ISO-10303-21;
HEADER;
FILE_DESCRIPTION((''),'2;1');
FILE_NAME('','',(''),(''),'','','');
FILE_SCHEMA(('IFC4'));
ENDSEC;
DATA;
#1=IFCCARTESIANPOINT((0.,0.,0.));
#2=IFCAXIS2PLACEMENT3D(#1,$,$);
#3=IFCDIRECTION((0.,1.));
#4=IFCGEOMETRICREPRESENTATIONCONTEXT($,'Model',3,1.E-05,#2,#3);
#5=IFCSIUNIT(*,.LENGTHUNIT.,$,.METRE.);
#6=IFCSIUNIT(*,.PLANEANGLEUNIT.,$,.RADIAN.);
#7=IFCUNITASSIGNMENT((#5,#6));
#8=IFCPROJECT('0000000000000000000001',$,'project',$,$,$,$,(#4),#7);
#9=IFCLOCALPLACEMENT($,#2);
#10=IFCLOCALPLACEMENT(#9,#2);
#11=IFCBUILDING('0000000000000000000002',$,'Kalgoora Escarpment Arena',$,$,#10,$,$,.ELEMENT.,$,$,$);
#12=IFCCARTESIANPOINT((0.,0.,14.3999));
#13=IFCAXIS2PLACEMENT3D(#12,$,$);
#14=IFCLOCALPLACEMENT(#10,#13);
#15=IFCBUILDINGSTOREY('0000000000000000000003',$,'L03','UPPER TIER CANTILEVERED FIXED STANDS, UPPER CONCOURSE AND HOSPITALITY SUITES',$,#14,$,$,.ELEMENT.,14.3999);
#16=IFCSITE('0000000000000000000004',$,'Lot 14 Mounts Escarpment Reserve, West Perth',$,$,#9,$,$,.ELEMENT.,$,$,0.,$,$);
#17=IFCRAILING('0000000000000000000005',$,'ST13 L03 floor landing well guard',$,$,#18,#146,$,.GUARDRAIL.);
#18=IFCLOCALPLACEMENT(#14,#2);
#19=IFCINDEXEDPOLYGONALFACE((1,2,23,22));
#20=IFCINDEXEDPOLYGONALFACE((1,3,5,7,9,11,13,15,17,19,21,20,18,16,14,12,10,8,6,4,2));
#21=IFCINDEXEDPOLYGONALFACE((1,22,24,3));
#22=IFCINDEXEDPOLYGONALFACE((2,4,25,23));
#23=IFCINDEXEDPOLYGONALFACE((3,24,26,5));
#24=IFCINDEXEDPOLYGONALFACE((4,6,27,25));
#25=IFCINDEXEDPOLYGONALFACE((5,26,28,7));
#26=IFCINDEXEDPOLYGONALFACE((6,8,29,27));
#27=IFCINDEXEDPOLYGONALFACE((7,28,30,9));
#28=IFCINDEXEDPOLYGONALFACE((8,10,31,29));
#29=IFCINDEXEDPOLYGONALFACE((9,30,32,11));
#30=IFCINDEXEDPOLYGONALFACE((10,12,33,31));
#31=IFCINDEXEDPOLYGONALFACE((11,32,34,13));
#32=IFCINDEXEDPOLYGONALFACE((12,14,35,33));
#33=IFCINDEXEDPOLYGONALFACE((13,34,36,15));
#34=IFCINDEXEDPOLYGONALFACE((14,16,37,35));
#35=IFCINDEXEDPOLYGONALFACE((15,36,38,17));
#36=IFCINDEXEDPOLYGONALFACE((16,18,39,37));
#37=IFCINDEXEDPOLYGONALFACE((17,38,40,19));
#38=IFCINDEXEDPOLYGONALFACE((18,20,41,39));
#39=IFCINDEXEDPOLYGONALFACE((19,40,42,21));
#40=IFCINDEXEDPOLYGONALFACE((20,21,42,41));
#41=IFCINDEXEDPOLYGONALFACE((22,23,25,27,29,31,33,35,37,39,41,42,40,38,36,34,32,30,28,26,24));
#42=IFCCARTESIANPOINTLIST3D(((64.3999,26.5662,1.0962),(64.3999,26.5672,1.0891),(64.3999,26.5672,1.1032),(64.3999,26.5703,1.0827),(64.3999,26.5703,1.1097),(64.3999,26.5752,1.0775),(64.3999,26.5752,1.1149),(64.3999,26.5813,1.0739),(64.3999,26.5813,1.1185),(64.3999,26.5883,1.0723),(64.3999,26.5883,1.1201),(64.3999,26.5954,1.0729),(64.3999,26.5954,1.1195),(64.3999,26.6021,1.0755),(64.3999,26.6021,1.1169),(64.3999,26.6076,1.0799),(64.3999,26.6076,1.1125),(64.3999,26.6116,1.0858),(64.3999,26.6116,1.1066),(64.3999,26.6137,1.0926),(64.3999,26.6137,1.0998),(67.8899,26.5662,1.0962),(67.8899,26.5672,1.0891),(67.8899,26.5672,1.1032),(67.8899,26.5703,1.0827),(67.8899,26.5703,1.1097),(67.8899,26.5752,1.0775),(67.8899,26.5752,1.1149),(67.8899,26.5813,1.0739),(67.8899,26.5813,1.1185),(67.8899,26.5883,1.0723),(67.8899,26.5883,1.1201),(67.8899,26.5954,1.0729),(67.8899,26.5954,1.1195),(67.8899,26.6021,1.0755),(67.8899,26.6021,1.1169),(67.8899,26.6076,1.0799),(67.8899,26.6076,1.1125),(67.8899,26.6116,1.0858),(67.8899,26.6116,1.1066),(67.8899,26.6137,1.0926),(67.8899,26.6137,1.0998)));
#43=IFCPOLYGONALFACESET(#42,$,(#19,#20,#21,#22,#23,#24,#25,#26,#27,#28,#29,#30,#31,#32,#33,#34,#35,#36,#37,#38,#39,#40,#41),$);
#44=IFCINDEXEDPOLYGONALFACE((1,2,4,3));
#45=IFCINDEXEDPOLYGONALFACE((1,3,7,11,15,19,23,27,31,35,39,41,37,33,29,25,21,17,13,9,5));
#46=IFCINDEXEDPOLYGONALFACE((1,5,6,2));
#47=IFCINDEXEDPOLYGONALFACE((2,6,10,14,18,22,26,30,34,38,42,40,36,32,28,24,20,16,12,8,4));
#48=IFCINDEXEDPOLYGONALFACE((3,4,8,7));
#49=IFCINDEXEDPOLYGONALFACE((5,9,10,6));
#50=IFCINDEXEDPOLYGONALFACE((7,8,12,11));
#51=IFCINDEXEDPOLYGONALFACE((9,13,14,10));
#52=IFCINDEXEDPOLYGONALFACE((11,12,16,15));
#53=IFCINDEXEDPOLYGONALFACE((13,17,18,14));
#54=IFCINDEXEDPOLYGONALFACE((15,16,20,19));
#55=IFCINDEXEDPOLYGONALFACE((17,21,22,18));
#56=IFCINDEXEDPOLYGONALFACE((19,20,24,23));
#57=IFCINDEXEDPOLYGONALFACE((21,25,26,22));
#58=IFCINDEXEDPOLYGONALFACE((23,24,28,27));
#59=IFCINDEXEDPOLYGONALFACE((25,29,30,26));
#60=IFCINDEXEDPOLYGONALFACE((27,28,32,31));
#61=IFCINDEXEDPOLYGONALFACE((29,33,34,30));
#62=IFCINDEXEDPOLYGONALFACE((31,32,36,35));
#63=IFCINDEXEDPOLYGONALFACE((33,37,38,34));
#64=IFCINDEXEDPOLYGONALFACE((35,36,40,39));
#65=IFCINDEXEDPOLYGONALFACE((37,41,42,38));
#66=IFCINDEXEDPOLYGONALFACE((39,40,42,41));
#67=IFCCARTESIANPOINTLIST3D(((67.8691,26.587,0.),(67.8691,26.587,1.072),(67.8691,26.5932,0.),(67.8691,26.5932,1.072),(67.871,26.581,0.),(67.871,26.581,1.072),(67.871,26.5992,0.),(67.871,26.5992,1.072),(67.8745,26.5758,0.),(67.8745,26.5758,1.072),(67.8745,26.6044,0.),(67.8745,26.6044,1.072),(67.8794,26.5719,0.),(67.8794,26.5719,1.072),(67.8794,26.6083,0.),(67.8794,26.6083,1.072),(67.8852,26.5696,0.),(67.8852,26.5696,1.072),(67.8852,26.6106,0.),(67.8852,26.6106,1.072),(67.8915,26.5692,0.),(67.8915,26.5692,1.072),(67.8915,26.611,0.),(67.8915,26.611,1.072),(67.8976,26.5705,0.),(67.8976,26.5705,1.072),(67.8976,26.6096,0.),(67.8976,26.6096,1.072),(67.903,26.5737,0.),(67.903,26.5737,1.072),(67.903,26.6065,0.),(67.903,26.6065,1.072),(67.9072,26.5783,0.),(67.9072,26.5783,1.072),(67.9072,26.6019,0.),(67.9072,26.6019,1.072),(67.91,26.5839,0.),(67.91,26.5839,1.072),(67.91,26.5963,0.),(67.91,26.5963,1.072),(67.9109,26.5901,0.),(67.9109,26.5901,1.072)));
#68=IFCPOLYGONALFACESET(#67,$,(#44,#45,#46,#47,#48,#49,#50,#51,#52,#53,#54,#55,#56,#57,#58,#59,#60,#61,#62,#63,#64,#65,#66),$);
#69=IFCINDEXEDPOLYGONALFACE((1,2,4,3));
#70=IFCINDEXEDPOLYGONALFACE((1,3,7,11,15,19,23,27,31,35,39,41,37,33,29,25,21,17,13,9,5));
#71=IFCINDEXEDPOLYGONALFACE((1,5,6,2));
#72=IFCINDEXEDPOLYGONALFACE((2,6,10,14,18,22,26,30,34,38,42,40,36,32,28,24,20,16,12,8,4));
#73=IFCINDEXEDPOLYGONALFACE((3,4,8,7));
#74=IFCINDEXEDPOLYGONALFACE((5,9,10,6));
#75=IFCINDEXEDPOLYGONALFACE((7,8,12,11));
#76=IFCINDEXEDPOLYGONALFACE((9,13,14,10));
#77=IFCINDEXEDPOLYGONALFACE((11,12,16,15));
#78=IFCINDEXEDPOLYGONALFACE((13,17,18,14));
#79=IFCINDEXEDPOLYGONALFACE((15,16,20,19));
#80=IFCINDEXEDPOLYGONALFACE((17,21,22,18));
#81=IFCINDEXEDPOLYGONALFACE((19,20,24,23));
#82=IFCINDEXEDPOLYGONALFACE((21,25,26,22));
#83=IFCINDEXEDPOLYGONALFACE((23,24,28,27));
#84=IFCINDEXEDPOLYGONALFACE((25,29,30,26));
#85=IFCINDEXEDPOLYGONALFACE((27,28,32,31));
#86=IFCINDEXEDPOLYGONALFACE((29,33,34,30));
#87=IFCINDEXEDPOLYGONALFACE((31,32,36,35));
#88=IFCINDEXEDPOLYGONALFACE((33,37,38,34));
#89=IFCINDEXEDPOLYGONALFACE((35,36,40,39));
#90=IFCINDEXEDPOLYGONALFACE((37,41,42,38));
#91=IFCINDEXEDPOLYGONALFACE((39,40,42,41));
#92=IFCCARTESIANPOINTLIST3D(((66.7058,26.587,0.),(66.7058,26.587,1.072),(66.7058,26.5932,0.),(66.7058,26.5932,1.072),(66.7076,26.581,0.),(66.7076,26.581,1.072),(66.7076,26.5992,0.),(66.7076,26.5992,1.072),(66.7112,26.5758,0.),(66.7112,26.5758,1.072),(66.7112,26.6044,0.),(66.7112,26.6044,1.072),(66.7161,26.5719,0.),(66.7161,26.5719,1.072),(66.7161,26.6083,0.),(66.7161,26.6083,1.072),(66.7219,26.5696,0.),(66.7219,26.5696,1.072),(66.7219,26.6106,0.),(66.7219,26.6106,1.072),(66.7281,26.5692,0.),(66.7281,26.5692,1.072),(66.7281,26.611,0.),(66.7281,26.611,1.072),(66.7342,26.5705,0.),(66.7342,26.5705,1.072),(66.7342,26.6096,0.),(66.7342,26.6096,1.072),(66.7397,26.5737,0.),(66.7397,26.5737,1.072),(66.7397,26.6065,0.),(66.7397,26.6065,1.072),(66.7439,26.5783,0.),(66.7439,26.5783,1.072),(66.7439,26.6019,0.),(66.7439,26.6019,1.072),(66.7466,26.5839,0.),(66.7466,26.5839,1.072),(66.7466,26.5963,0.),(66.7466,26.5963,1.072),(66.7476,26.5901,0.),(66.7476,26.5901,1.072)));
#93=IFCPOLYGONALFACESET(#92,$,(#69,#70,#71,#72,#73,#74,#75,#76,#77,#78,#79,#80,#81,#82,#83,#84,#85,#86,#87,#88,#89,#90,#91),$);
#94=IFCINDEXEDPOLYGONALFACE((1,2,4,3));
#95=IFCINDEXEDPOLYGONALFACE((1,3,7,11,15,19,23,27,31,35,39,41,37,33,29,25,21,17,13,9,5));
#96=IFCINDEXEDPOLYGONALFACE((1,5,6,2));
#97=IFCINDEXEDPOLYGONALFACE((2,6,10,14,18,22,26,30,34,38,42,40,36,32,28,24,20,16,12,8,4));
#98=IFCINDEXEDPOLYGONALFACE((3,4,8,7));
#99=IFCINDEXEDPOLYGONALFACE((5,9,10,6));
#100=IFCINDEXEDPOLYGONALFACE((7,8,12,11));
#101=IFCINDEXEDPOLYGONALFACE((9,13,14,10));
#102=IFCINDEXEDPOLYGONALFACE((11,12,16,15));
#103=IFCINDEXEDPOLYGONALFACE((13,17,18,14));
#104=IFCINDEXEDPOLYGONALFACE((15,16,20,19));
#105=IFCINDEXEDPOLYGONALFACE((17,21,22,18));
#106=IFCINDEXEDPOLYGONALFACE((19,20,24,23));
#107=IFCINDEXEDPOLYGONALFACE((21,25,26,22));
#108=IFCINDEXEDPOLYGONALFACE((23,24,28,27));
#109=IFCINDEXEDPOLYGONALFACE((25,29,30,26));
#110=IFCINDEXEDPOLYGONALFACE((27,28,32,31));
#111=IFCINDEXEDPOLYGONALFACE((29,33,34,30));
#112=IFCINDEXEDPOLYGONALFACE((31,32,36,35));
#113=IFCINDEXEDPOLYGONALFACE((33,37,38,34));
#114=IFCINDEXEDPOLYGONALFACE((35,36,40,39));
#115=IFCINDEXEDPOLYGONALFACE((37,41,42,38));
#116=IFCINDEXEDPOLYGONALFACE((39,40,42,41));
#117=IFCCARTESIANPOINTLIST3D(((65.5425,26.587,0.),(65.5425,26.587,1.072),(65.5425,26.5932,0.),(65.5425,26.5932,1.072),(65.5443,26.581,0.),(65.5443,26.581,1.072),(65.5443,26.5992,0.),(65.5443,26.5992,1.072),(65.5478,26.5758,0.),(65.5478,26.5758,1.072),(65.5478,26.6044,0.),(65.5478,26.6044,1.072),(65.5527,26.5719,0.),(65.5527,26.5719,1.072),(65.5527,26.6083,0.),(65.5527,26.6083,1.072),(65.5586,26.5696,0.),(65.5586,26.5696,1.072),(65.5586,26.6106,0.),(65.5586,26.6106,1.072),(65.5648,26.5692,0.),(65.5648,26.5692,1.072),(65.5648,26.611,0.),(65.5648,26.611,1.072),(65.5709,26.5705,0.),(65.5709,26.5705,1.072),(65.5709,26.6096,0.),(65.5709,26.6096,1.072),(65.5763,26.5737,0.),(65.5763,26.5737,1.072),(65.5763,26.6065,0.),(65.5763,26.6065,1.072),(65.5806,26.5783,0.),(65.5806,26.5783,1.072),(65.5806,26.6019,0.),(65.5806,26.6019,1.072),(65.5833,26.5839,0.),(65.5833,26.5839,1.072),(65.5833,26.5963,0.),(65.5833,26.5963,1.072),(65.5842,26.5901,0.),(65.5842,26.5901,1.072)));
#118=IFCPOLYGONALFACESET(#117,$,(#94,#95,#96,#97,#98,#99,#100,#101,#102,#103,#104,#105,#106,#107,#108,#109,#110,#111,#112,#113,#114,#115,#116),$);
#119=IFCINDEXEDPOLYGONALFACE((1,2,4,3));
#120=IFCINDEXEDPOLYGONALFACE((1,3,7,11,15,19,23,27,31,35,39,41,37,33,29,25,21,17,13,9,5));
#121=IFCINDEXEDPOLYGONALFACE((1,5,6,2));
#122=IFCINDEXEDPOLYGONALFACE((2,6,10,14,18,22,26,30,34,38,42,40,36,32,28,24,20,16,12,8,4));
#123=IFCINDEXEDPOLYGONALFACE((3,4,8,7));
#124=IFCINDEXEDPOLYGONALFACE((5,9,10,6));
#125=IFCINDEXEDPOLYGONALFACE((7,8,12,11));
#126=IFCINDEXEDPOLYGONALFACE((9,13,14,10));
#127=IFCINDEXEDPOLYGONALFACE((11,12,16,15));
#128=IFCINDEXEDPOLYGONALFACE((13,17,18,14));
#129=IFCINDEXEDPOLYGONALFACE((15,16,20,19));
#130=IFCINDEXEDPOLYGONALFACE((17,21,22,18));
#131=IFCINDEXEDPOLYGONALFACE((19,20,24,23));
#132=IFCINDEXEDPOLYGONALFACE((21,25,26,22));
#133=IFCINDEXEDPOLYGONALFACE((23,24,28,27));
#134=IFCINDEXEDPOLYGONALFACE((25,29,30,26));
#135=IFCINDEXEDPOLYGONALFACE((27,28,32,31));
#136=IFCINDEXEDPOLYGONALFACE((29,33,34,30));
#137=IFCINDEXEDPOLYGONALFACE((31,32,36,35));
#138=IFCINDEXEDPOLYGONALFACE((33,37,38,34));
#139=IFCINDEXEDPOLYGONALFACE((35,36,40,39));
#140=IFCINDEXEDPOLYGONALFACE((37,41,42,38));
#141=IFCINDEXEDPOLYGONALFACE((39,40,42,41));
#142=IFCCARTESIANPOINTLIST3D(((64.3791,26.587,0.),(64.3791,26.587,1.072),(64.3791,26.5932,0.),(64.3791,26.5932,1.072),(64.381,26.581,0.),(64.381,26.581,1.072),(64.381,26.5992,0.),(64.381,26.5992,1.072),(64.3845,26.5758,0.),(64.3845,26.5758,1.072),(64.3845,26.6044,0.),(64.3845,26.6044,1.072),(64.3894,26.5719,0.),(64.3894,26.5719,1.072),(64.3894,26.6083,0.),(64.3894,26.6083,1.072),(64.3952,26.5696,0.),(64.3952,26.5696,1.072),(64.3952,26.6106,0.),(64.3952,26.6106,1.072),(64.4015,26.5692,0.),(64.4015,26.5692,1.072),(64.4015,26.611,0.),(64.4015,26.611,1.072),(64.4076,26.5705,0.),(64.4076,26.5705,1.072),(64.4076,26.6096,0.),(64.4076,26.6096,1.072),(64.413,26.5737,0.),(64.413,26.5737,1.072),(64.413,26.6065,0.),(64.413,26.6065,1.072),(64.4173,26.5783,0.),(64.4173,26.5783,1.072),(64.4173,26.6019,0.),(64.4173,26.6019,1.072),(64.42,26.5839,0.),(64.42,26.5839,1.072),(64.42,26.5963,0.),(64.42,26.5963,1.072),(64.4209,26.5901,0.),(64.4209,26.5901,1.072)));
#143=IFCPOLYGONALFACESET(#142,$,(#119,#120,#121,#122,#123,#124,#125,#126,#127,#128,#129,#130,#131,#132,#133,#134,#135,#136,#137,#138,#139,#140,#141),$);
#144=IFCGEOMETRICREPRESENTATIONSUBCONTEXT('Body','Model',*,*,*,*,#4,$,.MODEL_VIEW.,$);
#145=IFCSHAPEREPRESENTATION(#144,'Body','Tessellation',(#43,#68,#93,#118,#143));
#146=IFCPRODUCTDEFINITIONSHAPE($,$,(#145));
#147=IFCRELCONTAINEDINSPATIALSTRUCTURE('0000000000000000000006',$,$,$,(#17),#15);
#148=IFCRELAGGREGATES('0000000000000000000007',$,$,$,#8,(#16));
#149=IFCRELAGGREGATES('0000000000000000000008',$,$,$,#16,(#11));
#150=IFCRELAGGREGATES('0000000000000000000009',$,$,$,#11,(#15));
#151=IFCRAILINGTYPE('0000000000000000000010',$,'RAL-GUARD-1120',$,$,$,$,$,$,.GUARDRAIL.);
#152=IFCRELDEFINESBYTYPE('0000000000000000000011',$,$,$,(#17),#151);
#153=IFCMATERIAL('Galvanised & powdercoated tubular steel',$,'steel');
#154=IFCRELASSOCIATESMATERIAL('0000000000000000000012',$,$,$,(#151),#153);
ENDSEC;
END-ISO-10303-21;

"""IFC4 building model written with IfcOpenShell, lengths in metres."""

from ifc_helpers import new_model, si_unit, direction, frame, origin, origin_2d, place, context, subcontext, project, spatial, circle, extrude, material, type_object, element, save


model = new_model("IFC4")

# Units and contexts
model_context = context("Model", 3, precision=1e-05, world=origin(), true_north=direction((0.0, 1.0)))
body_context = subcontext(model_context, "Body", "Model", "MODEL_VIEW")
ifc_project = project(units=[si_unit("LENGTHUNIT", "METRE"), si_unit("PLANEANGLEUNIT", "RADIAN")], contexts=[model_context])

# Site, building, storey
site_placement = place(None, origin())
site = spatial("IfcSite", under=ifc_project, at=site_placement, Name="Lot 14 Mounts Escarpment Reserve, West Perth", CompositionType="ELEMENT", RefElevation=0.0)
building_placement = place(site_placement, origin())
building = spatial("IfcBuilding", under=site, at=building_placement, Name="Kalgoora Escarpment Arena", CompositionType="ELEMENT")
storey_placement = place(building_placement, frame((0.0, 0.0, 14.3999)))
storey = spatial("IfcBuildingStorey", under=building, at=storey_placement, Name="L03", Description="UPPER TIER CANTILEVERED FIXED STANDS, UPPER CONCOURSE AND HOSPITALITY SUITES", CompositionType="ELEMENT", Elevation=14.3999)

# Railing
ifc_material_1 = material(Name="Galvanised & powdercoated tubular steel", Category="steel")
railing_type_1 = type_object("IfcRailingType", Name="RAL-GUARD-1120", PredefinedType="GUARDRAIL", material=ifc_material_1)
railing_1_placement = place(storey_placement, frame((67.8899, 26.5901, 0.0)))
element("IfcRailing", 1, at=railing_1_placement, inside=storey, type_object=railing_type_1, Name="ST13 L03 floor landing well guard", PredefinedType="GUARDRAIL", context=body_context, shape_type="SweptSolid", body=[
    extrude(circle(Radius=0.0239, at=origin_2d()), frame((0.0, 0.0, 1.0962), z_axis=(-1.0, 0.0, 0.0), x_axis=(0.0, -1.0, 0.0)), (0.0, 0.0, 1.0), 3.49),
    extrude(circle(Radius=0.021, at=origin_2d()), origin(), (0.0, 0.0, 1.0), 1.072),
    extrude(circle(Radius=0.021, at=origin_2d()), frame((-1.1633, 0.0, 0.0)), (0.0, 0.0, 1.0), 1.072),
    extrude(circle(Radius=0.021, at=origin_2d()), frame((-2.3267, 0.0, 0.0)), (0.0, 0.0, 1.0), 1.072),
    extrude(circle(Radius=0.021, at=origin_2d()), frame((-3.49, 0.0, 0.0)), (0.0, 0.0, 1.0), 1.072),
])

save(model, "model.ifc")
